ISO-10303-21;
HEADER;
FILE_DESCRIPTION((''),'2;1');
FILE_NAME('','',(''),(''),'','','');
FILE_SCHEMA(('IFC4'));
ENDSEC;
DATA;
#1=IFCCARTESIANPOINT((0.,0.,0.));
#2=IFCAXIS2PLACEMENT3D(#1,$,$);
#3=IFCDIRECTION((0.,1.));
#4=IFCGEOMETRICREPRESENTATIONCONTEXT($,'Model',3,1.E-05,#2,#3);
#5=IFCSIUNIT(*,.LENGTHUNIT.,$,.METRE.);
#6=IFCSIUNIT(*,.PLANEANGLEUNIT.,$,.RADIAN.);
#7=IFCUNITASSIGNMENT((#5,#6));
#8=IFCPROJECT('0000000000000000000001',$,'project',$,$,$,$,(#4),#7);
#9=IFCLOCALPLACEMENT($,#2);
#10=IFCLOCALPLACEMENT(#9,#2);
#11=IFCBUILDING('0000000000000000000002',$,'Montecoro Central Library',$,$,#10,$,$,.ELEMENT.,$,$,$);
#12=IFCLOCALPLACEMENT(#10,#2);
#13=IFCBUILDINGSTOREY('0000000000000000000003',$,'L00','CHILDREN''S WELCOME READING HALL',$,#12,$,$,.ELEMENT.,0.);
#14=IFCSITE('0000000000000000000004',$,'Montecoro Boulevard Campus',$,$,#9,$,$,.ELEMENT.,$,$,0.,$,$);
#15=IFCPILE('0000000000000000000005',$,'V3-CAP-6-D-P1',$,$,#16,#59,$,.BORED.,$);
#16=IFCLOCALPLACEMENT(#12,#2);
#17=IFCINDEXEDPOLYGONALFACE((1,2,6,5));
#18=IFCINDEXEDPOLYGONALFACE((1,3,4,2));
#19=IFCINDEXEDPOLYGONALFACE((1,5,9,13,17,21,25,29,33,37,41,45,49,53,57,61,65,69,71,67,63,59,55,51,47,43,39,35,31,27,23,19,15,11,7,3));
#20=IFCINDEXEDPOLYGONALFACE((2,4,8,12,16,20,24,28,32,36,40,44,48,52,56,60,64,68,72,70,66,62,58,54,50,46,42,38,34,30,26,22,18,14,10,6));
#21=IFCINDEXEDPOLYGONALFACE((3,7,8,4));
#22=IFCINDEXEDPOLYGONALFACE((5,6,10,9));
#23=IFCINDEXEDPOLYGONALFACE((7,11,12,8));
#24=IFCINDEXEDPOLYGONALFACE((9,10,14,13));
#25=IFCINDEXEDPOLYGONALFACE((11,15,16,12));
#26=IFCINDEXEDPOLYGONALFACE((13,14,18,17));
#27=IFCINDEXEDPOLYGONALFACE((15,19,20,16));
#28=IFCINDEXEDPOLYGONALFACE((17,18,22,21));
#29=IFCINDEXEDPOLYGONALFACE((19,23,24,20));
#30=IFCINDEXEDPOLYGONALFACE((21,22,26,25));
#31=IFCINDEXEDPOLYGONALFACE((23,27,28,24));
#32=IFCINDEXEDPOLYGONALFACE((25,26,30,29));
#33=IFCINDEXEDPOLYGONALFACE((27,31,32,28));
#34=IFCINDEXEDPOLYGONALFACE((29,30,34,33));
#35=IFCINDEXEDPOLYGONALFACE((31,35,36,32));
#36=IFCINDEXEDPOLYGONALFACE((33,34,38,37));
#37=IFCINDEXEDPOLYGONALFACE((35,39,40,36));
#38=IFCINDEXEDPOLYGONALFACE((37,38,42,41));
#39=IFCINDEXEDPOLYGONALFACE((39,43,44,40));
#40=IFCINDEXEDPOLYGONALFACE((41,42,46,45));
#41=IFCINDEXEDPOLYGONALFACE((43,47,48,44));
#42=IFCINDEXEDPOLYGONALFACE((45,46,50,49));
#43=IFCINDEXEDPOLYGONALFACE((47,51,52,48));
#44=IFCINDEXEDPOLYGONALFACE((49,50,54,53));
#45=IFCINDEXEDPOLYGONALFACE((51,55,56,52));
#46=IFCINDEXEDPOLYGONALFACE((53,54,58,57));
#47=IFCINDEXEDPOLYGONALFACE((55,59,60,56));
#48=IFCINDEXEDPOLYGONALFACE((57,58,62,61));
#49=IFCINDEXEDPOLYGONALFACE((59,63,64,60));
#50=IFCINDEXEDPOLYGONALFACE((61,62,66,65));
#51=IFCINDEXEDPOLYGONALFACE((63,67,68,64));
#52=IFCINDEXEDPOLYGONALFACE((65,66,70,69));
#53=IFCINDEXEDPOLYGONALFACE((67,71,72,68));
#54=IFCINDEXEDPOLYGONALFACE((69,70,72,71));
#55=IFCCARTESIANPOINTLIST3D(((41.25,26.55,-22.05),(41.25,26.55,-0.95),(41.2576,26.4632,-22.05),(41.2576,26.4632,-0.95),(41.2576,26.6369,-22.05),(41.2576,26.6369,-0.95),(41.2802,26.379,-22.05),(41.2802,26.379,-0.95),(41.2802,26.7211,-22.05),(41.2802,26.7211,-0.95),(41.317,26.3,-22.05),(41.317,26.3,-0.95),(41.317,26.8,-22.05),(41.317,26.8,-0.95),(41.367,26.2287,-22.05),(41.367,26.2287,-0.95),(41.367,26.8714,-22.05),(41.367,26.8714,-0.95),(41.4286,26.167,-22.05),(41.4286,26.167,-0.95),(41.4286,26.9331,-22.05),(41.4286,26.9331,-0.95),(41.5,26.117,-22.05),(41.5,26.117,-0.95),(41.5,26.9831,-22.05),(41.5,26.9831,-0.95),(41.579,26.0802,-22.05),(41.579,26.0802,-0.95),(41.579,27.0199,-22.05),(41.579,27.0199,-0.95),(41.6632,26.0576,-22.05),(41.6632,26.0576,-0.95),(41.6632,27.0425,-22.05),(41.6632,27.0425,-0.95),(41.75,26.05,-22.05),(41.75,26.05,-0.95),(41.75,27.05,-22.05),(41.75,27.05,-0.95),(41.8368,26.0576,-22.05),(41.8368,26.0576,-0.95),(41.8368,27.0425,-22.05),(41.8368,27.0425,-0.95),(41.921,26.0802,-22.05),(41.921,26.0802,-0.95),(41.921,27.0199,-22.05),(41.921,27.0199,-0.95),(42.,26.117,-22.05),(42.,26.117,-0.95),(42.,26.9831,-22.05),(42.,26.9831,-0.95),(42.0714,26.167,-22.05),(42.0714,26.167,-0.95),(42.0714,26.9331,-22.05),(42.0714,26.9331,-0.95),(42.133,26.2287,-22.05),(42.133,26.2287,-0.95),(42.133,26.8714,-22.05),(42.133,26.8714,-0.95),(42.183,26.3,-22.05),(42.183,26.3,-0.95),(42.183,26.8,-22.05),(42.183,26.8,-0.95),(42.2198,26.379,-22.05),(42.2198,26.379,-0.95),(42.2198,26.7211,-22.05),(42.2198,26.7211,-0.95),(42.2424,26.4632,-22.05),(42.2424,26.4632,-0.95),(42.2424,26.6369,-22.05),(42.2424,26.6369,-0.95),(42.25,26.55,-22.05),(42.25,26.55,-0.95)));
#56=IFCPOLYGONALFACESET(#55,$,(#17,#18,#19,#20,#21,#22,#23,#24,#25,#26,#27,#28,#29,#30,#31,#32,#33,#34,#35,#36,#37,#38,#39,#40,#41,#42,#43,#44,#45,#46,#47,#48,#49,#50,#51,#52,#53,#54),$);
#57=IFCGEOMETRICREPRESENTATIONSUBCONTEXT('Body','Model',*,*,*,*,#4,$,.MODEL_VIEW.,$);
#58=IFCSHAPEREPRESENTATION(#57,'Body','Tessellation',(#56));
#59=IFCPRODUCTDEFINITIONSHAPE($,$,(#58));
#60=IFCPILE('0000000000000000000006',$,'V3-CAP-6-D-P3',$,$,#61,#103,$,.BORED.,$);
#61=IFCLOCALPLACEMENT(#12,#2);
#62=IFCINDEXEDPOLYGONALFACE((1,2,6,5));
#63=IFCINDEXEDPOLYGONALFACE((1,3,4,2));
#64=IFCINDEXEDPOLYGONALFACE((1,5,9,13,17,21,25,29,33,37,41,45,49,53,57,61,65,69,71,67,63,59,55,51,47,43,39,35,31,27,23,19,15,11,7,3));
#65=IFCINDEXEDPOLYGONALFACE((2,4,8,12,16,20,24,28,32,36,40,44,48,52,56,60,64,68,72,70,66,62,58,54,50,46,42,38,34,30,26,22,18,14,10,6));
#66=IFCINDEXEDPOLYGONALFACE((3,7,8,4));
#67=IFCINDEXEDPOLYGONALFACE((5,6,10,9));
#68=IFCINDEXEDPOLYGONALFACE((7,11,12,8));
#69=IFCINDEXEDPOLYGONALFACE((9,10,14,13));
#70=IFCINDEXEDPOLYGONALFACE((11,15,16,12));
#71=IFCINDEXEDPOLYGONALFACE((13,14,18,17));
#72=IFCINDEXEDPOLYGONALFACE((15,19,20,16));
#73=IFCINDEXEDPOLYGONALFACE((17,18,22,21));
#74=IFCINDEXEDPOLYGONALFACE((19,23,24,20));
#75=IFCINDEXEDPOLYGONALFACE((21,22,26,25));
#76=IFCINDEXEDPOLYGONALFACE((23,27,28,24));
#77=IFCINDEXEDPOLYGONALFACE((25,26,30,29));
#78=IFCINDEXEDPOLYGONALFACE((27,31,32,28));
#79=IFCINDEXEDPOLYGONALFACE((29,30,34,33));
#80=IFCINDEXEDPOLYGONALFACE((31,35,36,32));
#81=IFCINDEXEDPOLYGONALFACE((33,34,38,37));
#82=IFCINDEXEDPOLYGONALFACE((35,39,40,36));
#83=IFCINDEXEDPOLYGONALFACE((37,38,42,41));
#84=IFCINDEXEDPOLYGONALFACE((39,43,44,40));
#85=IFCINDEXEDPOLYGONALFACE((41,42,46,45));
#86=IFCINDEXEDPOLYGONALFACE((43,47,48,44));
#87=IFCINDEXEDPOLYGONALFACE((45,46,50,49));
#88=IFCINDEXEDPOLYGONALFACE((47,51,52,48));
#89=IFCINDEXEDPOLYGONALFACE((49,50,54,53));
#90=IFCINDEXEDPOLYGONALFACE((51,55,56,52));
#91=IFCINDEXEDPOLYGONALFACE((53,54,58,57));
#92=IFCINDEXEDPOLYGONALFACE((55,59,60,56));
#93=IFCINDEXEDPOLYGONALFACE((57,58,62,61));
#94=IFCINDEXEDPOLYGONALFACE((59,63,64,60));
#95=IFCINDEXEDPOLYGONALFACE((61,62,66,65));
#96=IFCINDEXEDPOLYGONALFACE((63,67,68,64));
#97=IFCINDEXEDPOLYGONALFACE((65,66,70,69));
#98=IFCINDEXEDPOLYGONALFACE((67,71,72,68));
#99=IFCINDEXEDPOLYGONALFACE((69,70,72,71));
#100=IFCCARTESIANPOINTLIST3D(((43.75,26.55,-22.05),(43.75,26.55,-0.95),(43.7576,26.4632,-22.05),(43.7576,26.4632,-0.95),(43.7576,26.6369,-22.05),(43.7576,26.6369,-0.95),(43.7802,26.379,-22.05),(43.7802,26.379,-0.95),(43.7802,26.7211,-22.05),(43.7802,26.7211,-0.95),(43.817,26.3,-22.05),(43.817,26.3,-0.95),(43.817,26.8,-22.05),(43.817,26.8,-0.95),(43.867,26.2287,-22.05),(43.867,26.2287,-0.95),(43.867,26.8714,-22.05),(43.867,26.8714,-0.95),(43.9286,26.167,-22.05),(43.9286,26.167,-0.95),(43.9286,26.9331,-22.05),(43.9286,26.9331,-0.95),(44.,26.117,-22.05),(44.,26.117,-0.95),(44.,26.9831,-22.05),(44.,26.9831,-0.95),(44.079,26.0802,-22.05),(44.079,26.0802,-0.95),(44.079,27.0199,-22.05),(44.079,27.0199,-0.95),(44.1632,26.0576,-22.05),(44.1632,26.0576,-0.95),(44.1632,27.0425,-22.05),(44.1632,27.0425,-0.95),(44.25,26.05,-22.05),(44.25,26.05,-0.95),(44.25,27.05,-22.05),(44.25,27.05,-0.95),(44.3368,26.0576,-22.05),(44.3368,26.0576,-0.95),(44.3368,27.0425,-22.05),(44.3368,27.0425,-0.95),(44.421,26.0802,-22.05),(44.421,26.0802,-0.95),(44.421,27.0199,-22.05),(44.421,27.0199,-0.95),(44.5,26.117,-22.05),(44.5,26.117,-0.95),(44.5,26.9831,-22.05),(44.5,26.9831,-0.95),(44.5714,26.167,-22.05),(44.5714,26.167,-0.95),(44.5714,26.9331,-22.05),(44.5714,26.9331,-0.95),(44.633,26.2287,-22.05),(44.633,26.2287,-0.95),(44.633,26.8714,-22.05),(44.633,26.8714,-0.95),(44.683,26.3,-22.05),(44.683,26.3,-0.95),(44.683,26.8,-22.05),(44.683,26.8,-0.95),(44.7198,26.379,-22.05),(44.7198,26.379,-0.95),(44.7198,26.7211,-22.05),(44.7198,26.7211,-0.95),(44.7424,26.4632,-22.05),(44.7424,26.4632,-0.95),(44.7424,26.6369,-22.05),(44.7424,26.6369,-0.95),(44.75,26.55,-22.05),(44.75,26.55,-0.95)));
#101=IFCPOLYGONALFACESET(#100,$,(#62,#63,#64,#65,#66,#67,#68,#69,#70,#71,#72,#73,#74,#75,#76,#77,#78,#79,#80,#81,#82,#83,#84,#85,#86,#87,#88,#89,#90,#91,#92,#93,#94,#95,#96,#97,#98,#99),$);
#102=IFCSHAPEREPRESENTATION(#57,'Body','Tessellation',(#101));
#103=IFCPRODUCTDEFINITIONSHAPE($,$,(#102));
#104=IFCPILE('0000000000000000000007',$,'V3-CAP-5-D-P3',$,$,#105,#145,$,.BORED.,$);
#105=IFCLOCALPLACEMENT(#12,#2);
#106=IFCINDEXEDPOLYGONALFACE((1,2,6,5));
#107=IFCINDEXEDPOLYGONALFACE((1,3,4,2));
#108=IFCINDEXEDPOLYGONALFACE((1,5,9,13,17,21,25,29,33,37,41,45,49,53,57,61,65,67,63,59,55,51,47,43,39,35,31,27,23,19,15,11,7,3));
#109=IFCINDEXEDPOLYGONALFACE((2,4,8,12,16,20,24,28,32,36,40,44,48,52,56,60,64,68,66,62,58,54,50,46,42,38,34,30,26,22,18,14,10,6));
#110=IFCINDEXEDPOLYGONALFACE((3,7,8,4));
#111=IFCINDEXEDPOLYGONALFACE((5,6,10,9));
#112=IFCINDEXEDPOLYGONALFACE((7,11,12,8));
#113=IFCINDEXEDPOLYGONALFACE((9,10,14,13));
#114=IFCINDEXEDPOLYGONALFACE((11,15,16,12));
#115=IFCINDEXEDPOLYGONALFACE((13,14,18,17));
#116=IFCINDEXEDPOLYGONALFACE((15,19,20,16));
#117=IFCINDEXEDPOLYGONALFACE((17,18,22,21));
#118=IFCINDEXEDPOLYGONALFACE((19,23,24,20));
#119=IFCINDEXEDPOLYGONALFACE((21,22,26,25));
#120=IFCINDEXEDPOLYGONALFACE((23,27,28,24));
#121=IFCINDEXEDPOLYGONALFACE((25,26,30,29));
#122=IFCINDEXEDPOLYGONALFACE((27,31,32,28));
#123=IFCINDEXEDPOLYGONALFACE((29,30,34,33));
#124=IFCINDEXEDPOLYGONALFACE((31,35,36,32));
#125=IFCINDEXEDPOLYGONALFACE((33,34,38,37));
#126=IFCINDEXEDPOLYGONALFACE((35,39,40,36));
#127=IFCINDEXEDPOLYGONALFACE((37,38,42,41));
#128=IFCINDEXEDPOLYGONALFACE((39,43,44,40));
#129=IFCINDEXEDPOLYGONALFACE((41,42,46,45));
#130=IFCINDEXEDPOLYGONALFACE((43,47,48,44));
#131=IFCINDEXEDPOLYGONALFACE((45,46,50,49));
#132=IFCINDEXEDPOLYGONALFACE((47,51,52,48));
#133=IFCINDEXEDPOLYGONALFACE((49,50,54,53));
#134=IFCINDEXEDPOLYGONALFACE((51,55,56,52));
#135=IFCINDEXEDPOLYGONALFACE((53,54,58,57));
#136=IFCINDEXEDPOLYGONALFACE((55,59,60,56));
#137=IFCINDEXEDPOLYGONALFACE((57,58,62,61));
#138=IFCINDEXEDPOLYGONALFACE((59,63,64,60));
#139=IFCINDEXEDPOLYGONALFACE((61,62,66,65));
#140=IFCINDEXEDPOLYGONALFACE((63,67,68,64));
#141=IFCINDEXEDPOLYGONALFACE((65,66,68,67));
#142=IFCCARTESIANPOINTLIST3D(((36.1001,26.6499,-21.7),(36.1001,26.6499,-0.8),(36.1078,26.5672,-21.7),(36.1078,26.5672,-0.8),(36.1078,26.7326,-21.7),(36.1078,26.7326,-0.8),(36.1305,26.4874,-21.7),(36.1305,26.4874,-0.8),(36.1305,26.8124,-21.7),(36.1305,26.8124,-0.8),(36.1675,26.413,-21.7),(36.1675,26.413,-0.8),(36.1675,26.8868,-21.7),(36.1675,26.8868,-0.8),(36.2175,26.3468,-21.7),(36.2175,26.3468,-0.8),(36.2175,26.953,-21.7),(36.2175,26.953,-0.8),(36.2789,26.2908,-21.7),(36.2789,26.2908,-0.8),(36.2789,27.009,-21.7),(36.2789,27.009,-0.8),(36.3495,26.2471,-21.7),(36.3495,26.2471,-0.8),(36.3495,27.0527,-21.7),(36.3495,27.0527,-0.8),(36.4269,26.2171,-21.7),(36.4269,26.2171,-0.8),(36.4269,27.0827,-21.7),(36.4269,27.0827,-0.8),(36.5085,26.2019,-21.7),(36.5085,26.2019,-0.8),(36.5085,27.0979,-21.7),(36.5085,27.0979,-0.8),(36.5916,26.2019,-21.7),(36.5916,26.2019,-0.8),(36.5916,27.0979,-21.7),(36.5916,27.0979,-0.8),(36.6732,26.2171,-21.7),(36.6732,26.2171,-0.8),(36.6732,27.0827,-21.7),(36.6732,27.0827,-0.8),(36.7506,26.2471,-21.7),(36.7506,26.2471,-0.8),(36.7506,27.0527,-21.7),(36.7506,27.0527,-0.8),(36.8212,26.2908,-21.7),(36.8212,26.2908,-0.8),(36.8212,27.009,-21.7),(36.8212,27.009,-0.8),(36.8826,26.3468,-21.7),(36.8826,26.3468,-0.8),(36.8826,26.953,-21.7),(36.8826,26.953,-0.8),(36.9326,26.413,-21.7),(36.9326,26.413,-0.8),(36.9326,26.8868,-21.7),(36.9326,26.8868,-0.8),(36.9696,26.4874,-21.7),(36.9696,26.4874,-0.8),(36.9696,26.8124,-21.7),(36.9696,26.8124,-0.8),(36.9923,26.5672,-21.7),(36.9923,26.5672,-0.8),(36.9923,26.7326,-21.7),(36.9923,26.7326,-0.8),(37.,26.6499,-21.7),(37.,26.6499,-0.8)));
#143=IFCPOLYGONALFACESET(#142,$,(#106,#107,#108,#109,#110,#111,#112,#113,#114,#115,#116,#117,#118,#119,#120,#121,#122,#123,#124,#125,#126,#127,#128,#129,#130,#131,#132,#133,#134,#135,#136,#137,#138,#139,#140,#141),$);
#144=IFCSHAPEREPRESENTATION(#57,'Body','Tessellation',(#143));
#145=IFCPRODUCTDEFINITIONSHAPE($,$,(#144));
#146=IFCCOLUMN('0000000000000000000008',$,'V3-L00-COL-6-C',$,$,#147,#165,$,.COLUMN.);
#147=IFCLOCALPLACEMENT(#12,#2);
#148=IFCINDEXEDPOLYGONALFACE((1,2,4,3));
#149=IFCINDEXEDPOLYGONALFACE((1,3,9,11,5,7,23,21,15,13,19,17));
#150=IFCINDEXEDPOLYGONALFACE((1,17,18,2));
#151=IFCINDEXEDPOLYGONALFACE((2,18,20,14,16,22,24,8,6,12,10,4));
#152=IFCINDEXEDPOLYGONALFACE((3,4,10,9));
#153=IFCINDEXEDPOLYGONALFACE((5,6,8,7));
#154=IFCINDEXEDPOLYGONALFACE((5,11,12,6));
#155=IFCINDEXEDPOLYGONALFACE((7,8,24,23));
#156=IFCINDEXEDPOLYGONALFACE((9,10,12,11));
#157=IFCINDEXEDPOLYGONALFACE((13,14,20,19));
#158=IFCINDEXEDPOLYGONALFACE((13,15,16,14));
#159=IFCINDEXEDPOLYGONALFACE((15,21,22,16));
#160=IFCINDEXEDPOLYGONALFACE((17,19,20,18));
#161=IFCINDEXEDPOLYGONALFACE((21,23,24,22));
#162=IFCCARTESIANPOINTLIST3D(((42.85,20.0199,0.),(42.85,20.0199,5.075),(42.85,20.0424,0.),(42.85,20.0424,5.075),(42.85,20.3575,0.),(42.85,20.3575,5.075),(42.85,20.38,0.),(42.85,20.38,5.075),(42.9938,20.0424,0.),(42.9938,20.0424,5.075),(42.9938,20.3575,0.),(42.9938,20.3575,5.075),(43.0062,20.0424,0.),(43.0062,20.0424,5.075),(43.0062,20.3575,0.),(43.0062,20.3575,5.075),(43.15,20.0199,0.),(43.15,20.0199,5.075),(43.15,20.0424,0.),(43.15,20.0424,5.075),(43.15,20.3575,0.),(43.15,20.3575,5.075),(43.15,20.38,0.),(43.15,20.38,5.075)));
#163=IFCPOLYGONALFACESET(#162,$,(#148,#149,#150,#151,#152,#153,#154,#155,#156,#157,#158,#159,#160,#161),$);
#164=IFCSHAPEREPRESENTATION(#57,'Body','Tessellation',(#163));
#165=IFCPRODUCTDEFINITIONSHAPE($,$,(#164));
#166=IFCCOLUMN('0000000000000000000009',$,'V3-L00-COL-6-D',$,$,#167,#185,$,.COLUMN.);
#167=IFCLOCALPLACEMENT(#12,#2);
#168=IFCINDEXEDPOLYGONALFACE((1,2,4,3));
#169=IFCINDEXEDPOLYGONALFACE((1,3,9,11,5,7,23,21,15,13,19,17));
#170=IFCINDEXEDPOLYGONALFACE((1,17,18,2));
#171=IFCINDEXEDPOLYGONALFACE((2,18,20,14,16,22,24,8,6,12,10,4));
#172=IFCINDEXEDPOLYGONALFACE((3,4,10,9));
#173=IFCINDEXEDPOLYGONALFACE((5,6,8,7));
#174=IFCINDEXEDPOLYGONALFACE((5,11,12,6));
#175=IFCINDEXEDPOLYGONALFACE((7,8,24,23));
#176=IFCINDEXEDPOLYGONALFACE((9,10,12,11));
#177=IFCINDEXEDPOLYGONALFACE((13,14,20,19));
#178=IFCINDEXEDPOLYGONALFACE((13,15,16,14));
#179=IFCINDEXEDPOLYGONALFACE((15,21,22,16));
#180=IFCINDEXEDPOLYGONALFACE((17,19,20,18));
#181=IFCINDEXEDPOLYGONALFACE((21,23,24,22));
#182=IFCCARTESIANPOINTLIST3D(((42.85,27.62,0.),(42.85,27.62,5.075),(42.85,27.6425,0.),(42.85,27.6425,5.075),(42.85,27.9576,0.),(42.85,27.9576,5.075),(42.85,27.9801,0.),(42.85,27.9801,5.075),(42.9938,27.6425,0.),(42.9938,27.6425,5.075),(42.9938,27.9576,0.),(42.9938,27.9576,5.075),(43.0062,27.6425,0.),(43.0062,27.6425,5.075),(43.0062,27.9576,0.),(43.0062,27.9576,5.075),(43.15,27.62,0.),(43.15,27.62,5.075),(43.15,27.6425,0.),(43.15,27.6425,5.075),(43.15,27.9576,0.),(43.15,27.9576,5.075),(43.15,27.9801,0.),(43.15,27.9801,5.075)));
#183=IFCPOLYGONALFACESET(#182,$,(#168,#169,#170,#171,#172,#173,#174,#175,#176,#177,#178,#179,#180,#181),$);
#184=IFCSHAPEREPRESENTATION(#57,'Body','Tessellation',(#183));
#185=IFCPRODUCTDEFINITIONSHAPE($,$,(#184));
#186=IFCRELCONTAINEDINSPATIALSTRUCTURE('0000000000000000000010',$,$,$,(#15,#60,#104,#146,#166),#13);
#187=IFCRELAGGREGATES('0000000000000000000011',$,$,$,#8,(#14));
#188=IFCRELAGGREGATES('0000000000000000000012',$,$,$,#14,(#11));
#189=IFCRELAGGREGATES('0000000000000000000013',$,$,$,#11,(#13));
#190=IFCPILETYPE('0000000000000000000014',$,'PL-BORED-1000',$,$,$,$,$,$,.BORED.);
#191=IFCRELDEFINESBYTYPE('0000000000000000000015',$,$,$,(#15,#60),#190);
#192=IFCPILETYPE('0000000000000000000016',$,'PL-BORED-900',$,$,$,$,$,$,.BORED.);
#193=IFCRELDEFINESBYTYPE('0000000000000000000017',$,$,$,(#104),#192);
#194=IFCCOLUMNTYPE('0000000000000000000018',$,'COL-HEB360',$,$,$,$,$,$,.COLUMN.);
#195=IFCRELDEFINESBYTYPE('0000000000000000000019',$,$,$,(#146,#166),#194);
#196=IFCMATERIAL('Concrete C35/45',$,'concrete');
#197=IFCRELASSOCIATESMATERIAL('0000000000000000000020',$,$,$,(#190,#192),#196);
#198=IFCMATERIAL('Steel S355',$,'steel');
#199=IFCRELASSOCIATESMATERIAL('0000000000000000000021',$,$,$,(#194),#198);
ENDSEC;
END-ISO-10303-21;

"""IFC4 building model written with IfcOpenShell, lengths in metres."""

from ifc_helpers import new_model, si_unit, direction, frame, origin, origin_2d, place, context, subcontext, project, spatial, circle, i_section, extrude, material, material_profile, profile_set, type_object, element, save


model = new_model("IFC4")

# Units and contexts
model_context = context("Model", 3, precision=1e-05, world=origin(), true_north=direction((0.0, 1.0)))
body_context = subcontext(model_context, "Body", "Model", "MODEL_VIEW")
ifc_project = project(units=[si_unit("LENGTHUNIT", "METRE"), si_unit("PLANEANGLEUNIT", "RADIAN")], contexts=[model_context])

# Site, building, storey
site_placement = place(None, origin())
site = spatial("IfcSite", under=ifc_project, at=site_placement, Name="Montecoro Boulevard Campus", CompositionType="ELEMENT", RefElevation=0.0)
building_placement = place(site_placement, origin())
building = spatial("IfcBuilding", under=site, at=building_placement, Name="Montecoro Central Library", CompositionType="ELEMENT")
storey_placement = place(building_placement, origin())
storey = spatial("IfcBuildingStorey", under=building, at=storey_placement, Name="L00", Description="CHILDREN'S WELCOME READING HALL", CompositionType="ELEMENT", Elevation=0.0)

# Shared definitions
ifc_material_1 = material(Name="Concrete C35/45", Category="concrete")

# Piles
ifc_material_profile_1 = material_profile(ifc_material_1, circle(Radius=0.5, at=origin_2d()), Name="PILE D1000")
ifc_profile_set_1 = profile_set([ifc_material_profile_1], Name="Concrete C35/45")
pile_type_1 = type_object("IfcPileType", Name="PL-BORED-1000", PredefinedType="BORED", material=ifc_profile_set_1)
for number, where, z_axis, x_axis, name in (
    (1, (41.75, 26.55, -0.95), (0.0, 0.0, -1.0), (1.0, 0.0, 0.0), "V3-CAP-6-D-P1"),
    (2, (44.25, 26.55, -0.95), (0.0, 0.0, -1.0), (1.0, 0.0, 0.0), "V3-CAP-6-D-P3"),
):
    element("IfcPile", number, at=place(storey_placement, frame(where, z_axis=z_axis, x_axis=x_axis)), inside=storey, type_object=pile_type_1, Name=name, PredefinedType="BORED", context=body_context, shape_type="SweptSolid", body=[
        extrude(circle(Radius=0.5, at=origin_2d()), origin(), (0.0, 0.0, 1.0), 21.1001),
    ])
ifc_material_profile_2 = material_profile(ifc_material_1, circle(Radius=0.45, at=origin_2d()), Name="PILE D900")
ifc_profile_set_2 = profile_set([ifc_material_profile_2], Name="Concrete C35/45")
pile_type_2 = type_object("IfcPileType", Name="PL-BORED-900", PredefinedType="BORED", material=ifc_profile_set_2)
pile_placement = place(storey_placement, frame((36.55, 26.6499, -0.8), z_axis=(0.0, 0.0, -1.0), x_axis=(1.0, 0.0, 0.0)))
element("IfcPile", 3, at=pile_placement, inside=storey, type_object=pile_type_2, Name="V3-CAP-5-D-P3", PredefinedType="BORED", context=body_context, shape_type="SweptSolid", body=[
    extrude(circle(Radius=0.45, at=origin_2d()), origin(), (0.0, 0.0, 1.0), 20.8999),
])

# Columns
ifc_material_2 = material(Name="Steel S355", Category="steel")
ifc_material_profile_3 = material_profile(ifc_material_2, i_section(OverallWidth=0.3, OverallDepth=0.3601, WebThickness=0.0125, FlangeThickness=0.0225, at=origin_2d()), Name="HEB 360")
ifc_profile_set_3 = profile_set([ifc_material_profile_3], Name="Steel S355")
column_type = type_object("IfcColumnType", Name="COL-HEB360", PredefinedType="COLUMN", material=ifc_profile_set_3)
for number, where, z_axis, x_axis, name in (
    (4, (43.0, 20.2, 0.0), (0.0, 0.0, 1.0), (1.0, 0.0, 0.0), "V3-L00-COL-6-C"),
    (5, (43.0, 27.8, 0.0), (0.0, 0.0, 1.0), (1.0, 0.0, 0.0), "V3-L00-COL-6-D"),
):
    element("IfcColumn", number, at=place(storey_placement, frame(where, z_axis=z_axis, x_axis=x_axis)), inside=storey, type_object=column_type, Name=name, PredefinedType="COLUMN", context=body_context, shape_type="SweptSolid", body=[
        extrude(i_section(OverallWidth=0.3, OverallDepth=0.3601, WebThickness=0.0125, FlangeThickness=0.0225, at=origin_2d()), origin(), (0.0, 0.0, 1.0), 5.075),
    ])

save(model, "model.ifc")
